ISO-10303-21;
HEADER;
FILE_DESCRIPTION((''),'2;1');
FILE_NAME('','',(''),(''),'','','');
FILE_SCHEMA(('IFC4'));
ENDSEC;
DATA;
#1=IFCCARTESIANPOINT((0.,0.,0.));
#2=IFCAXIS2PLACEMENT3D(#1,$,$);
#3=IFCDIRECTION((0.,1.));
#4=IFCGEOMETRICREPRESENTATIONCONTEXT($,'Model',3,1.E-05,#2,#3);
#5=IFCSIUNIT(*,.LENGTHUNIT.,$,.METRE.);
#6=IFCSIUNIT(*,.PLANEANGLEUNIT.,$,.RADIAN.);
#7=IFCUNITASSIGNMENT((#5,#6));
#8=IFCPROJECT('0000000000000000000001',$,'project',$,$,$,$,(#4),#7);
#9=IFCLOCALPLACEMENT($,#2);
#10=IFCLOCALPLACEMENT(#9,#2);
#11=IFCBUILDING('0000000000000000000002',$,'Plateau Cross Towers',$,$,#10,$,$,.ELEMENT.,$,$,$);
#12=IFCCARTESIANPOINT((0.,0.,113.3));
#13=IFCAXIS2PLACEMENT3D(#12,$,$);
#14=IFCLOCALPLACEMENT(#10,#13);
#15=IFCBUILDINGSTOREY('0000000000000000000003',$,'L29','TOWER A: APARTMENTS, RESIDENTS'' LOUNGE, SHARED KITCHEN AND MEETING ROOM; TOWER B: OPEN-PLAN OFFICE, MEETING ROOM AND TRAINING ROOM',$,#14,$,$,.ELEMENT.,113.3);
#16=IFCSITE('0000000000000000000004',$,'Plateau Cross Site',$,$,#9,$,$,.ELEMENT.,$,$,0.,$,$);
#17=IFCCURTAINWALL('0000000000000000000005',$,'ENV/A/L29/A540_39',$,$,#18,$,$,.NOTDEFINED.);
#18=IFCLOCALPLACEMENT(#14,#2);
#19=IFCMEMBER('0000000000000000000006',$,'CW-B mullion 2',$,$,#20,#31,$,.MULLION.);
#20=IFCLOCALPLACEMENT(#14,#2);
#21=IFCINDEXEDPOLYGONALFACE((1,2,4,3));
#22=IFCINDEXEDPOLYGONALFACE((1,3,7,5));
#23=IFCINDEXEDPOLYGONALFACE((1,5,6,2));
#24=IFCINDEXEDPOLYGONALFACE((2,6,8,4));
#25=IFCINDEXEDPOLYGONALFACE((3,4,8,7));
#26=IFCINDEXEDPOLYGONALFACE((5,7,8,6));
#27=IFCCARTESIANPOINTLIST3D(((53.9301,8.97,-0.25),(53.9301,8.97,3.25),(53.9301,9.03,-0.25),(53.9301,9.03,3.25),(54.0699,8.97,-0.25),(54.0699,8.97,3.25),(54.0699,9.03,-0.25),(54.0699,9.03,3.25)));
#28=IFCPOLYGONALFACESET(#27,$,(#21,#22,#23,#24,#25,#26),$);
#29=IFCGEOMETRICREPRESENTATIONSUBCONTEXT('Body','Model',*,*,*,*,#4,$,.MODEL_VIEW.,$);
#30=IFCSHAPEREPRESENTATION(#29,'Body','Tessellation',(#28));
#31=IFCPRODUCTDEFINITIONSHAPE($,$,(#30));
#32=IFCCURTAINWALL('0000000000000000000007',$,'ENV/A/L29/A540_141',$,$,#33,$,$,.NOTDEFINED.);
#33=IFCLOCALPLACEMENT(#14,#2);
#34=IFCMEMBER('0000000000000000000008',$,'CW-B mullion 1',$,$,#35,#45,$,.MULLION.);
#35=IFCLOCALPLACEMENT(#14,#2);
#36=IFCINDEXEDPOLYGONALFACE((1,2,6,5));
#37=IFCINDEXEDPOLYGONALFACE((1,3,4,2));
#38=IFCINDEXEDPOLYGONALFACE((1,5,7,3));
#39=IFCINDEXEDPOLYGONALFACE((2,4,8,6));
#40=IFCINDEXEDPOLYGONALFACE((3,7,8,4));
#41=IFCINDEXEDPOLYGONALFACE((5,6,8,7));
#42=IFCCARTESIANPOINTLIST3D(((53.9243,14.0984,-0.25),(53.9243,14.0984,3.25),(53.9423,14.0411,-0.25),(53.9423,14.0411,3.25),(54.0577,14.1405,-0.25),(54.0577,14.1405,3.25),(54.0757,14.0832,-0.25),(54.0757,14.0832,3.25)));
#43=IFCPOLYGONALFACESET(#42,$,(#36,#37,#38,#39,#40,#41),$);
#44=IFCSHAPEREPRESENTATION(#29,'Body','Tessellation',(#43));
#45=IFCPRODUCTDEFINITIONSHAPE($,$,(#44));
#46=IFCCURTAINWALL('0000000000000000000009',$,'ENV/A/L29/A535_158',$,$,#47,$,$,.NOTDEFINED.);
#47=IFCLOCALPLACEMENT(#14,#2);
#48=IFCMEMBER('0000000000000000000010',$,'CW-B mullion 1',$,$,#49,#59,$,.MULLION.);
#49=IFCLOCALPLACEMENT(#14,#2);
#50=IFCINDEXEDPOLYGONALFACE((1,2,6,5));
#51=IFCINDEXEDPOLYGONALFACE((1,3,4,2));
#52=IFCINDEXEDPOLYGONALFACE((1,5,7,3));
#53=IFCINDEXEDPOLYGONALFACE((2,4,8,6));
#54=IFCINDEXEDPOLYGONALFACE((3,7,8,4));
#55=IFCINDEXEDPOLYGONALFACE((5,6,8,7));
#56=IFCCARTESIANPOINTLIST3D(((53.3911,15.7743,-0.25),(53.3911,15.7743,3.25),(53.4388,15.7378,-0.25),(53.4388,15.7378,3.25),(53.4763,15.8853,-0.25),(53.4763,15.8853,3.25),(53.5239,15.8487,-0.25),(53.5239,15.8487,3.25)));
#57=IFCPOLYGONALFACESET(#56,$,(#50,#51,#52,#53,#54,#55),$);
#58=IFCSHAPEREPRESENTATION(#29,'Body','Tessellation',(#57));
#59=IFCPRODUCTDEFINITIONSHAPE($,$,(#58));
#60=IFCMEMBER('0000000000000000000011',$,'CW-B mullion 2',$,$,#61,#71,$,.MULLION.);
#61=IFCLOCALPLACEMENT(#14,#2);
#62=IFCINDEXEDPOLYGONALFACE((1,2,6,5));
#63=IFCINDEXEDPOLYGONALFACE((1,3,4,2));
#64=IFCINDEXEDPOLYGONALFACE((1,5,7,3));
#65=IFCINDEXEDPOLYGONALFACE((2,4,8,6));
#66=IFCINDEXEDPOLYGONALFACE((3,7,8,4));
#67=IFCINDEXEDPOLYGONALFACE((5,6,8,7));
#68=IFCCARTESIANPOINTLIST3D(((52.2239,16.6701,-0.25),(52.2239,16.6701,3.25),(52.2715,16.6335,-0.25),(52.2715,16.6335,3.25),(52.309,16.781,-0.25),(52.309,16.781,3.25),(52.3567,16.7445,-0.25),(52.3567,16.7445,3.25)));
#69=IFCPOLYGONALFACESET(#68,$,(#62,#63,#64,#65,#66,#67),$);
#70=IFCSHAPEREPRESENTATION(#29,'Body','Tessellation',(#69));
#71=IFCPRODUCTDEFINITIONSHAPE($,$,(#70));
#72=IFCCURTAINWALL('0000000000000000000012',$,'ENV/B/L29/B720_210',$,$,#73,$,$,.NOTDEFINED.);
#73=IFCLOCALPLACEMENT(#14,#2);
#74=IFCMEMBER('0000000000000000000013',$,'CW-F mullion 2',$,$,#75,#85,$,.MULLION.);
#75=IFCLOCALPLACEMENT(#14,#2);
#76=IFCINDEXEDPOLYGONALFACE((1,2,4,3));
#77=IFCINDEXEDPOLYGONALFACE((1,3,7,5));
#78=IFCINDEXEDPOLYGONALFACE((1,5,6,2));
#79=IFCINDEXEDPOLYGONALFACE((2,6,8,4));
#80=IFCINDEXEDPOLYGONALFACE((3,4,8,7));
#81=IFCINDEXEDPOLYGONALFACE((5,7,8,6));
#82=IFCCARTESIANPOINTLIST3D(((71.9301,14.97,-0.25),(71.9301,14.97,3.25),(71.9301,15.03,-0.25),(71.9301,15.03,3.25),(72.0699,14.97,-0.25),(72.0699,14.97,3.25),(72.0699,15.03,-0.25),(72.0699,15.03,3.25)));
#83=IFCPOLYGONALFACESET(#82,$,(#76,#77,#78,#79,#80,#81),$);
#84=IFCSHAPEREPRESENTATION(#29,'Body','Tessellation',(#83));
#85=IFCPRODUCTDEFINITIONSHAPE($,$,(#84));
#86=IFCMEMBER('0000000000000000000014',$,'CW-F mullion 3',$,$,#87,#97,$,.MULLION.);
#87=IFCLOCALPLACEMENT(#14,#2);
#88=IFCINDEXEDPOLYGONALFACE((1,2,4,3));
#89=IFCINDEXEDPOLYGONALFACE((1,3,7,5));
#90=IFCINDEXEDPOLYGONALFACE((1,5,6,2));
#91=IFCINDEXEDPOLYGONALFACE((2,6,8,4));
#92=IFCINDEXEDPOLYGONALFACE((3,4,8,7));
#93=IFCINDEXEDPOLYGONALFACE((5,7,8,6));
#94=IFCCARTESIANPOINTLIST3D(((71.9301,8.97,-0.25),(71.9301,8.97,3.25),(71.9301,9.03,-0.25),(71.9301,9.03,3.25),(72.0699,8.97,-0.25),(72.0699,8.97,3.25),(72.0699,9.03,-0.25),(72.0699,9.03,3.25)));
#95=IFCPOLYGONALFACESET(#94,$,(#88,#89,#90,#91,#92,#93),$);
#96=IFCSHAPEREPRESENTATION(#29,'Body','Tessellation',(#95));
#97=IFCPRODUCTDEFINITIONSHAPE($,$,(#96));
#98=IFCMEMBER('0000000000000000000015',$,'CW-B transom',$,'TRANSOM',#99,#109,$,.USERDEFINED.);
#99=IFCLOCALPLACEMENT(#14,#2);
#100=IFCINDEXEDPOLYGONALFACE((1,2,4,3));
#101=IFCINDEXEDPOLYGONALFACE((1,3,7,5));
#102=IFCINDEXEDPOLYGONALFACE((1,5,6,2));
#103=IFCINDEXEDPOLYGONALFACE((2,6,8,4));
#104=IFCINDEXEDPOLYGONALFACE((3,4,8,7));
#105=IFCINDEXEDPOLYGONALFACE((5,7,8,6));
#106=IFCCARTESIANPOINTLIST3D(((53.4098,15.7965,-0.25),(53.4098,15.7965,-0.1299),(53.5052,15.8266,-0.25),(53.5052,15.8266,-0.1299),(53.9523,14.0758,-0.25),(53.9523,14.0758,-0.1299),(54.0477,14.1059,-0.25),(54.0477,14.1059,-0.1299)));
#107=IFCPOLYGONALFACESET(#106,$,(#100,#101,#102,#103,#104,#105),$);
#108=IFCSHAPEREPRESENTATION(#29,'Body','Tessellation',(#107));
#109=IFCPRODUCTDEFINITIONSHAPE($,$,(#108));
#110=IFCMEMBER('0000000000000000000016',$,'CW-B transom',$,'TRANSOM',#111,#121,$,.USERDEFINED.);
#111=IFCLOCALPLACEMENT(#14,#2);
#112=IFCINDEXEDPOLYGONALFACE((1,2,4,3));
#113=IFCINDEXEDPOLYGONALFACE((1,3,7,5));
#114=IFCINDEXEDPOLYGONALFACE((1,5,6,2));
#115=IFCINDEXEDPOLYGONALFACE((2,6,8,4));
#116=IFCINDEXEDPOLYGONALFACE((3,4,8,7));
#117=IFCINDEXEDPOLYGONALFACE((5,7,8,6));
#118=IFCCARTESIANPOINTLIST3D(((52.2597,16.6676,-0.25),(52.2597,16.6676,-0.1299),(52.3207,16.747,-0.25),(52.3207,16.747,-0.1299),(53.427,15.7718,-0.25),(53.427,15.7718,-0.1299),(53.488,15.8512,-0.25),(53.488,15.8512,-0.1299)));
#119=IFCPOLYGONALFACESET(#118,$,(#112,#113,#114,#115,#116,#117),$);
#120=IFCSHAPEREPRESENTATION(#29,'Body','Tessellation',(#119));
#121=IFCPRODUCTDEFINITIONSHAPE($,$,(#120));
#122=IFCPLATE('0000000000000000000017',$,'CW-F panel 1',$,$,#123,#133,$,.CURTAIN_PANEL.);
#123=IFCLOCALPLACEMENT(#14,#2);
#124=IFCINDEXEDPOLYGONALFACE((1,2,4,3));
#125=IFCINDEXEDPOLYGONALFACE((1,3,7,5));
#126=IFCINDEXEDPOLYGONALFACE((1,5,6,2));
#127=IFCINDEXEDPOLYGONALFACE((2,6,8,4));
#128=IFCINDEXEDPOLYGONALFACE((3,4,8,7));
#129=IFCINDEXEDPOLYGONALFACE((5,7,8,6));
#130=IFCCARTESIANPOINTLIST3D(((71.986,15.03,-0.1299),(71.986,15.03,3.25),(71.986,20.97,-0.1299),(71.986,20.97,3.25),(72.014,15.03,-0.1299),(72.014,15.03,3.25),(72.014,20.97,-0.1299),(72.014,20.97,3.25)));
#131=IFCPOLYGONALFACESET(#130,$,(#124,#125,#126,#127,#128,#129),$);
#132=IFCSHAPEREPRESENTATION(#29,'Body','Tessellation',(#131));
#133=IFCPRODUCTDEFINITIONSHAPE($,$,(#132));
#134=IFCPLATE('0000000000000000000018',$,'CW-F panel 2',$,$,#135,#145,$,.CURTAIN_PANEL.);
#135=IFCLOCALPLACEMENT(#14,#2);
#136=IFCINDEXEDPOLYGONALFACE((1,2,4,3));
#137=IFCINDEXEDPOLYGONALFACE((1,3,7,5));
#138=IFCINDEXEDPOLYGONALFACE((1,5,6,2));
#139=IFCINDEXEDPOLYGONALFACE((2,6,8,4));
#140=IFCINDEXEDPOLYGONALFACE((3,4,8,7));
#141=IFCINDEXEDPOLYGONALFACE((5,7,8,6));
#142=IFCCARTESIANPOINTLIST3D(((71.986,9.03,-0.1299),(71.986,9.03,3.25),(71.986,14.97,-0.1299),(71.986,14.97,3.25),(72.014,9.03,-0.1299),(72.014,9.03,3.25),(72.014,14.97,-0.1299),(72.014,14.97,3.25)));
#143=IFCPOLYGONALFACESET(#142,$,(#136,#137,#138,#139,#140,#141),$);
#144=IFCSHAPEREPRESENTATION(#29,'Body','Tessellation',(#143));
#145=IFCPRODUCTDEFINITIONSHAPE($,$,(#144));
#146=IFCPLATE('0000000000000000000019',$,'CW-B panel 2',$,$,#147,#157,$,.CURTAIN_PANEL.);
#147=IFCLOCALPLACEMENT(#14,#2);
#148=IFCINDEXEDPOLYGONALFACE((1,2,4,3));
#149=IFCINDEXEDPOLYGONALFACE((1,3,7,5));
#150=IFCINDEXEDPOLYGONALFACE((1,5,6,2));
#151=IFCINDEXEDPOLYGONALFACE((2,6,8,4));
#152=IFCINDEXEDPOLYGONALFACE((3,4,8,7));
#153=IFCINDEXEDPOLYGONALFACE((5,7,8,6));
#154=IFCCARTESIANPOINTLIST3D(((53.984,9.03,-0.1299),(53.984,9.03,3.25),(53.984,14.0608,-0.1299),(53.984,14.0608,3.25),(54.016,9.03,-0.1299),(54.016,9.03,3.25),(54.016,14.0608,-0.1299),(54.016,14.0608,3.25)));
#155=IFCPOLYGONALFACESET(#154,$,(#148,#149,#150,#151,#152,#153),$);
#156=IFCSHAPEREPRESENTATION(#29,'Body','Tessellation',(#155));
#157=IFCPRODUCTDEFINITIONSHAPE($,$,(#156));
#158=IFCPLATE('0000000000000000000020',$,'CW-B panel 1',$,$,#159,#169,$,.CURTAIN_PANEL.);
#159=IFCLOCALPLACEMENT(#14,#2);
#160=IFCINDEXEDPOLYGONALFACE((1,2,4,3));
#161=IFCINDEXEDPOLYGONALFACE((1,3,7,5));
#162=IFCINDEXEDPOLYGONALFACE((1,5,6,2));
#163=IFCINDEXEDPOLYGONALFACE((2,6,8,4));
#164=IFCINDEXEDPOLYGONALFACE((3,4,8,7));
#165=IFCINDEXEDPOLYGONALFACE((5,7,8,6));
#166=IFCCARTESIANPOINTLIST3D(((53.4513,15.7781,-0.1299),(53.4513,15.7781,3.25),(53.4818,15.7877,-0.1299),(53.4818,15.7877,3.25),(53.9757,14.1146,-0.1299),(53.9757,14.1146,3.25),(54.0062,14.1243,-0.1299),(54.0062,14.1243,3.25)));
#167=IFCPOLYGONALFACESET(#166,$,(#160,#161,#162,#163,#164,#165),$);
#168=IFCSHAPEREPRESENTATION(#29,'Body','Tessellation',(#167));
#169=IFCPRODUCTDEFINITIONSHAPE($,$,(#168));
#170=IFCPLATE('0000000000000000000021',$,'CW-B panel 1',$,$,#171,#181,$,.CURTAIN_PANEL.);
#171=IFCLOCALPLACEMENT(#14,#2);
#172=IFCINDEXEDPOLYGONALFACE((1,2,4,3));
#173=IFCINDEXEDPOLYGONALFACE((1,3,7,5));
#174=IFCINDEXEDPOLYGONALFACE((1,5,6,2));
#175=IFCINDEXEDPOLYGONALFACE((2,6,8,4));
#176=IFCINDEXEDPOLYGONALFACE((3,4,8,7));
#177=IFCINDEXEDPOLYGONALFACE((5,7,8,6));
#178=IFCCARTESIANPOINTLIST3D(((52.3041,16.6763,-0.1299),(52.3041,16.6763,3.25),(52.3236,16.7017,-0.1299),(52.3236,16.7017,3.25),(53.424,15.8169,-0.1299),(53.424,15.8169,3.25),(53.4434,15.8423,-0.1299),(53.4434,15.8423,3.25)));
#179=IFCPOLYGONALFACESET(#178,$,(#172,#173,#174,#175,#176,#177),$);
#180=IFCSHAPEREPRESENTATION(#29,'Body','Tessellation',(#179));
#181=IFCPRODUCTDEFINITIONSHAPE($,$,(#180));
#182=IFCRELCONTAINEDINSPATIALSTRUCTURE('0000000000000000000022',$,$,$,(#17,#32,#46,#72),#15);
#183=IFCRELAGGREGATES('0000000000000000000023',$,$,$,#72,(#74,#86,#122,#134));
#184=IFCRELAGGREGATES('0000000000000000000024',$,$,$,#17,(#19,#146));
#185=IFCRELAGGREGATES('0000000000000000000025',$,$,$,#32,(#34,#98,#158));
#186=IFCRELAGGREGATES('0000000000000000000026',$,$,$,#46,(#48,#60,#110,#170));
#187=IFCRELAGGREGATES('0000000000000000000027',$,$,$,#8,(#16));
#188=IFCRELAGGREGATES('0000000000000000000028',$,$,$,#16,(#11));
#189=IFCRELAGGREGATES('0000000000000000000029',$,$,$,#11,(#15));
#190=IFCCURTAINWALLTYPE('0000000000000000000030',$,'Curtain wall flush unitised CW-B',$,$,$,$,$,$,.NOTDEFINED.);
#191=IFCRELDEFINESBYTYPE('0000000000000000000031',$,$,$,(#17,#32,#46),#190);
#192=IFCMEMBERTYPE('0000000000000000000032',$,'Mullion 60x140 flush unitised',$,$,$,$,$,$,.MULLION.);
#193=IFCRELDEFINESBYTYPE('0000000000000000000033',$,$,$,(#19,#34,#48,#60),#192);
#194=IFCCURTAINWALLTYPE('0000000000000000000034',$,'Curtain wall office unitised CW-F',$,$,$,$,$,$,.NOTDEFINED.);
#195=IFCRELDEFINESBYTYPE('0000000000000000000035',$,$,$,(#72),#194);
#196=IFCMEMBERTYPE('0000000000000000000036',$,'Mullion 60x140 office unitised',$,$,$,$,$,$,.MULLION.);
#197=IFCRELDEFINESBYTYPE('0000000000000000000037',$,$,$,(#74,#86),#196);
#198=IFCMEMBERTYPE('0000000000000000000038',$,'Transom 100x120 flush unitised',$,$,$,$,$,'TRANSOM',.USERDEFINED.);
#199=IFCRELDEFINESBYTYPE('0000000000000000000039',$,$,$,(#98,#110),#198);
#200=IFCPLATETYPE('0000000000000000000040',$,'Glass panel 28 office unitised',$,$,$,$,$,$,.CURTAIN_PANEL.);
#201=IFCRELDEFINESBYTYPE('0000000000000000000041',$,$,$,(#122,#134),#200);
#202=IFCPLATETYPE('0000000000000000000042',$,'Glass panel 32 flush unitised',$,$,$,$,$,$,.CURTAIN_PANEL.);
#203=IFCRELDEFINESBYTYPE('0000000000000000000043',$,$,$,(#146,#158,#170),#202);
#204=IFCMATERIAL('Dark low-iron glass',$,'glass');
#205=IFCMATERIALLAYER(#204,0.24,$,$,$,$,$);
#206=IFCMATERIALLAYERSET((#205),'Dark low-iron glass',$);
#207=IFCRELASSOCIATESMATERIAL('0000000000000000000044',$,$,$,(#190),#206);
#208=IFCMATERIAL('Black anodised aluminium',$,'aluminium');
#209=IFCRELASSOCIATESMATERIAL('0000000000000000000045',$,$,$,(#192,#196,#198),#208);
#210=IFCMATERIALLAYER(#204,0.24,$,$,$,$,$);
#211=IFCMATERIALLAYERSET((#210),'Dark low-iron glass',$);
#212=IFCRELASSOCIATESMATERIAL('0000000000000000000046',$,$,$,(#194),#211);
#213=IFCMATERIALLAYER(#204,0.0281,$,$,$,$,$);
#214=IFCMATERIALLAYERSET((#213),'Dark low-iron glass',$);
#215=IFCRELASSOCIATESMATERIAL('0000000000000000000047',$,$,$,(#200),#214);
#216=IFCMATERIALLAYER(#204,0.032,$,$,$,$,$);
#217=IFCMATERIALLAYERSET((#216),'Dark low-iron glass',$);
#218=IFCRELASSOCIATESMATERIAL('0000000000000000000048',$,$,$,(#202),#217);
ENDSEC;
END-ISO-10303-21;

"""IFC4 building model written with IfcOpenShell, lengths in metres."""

from ifc_helpers import new_model, si_unit, direction, frame, origin, origin_2d, place, context, subcontext, project, spatial, rectangle, extrude, material, layer, layer_set, material_profile, profile_set, type_object, element, aggregate, save


model = new_model("IFC4")

# Units and contexts
model_context = context("Model", 3, precision=1e-05, world=origin(), true_north=direction((0.0, 1.0)))
body_context = subcontext(model_context, "Body", "Model", "MODEL_VIEW")
ifc_project = project(units=[si_unit("LENGTHUNIT", "METRE"), si_unit("PLANEANGLEUNIT", "RADIAN")], contexts=[model_context])

# Site, building, storey
site_placement = place(None, origin())
site = spatial("IfcSite", under=ifc_project, at=site_placement, Name="Plateau Cross Site", CompositionType="ELEMENT", RefElevation=0.0)
building_placement = place(site_placement, origin())
building = spatial("IfcBuilding", under=site, at=building_placement, Name="Plateau Cross Towers", CompositionType="ELEMENT")
storey_placement = place(building_placement, frame((0.0, 0.0, 113.3)))
storey = spatial("IfcBuildingStorey", under=building, at=storey_placement, Name="L29", Description="TOWER A: APARTMENTS, RESIDENTS' LOUNGE, SHARED KITCHEN AND MEETING ROOM; TOWER B: OPEN-PLAN OFFICE, MEETING ROOM AND TRAINING ROOM", CompositionType="ELEMENT", Elevation=113.3)

# Curtain walls, members
ifc_material_1 = material(Name="Dark low-iron glass", Category="glass")
ifc_layer_1 = layer(ifc_material_1, 0.24)
ifc_layer_set_1 = layer_set([ifc_layer_1], Name="Dark low-iron glass")
curtain_wall_type_1 = type_object("IfcCurtainWallType", Name="Curtain wall flush unitised CW-B", PredefinedType="NOTDEFINED", material=ifc_layer_set_1)
curtain_wall_1_placement = place(storey_placement, origin())
curtain_wall_1 = element("IfcCurtainWall", 1, at=curtain_wall_1_placement, inside=storey, type_object=curtain_wall_type_1, Name="ENV/A/L29/A540_39", PredefinedType="NOTDEFINED")
ifc_material_2 = material(Name="Black anodised aluminium", Category="aluminium")
ifc_material_profile_1 = material_profile(ifc_material_2, rectangle(XDim=0.0601, YDim=0.1399, at=origin_2d()), Name="MULLION 60x140")
ifc_profile_set_1 = profile_set([ifc_material_profile_1], Name="Black anodised aluminium")
member_type_1 = type_object("IfcMemberType", Name="Mullion 60x140 flush unitised", PredefinedType="MULLION", material=ifc_profile_set_1)
member_1_placement = place(storey_placement, frame((54.0, 9.0, -0.25), z_axis=(0.0, 0.0, 1.0), x_axis=(0.0, 1.0, 0.0)))
member_1 = element("IfcMember", 2, at=member_1_placement, type_object=member_type_1, Name="CW-B mullion 2", PredefinedType="MULLION", context=body_context, shape_type="SweptSolid", body=[
    extrude(rectangle(XDim=0.0601, YDim=0.1399, at=origin_2d()), origin(), (0.0, 0.0, 1.0), 3.5),
])
curtain_wall_2_placement = place(storey_placement, origin())
curtain_wall_2 = element("IfcCurtainWall", 3, at=curtain_wall_2_placement, inside=storey, type_object=curtain_wall_type_1, Name="ENV/A/L29/A540_141", PredefinedType="NOTDEFINED")
member_2_placement = place(storey_placement, frame((54.0, 14.0908, -0.25), z_axis=(0.0, 0.0, 1.0), x_axis=(-0.300686, 0.953723, 0.0)))
member_2 = element("IfcMember", 4, at=member_2_placement, type_object=member_type_1, Name="CW-B mullion 1", PredefinedType="MULLION", context=body_context, shape_type="SweptSolid", body=[
    extrude(rectangle(XDim=0.0601, YDim=0.1399, at=origin_2d()), origin(), (0.0, 0.0, 1.0), 3.5),
])

# Curtain walls, members
curtain_wall_3_placement = place(storey_placement, origin())
curtain_wall_3 = element("IfcCurtainWall", 5, at=curtain_wall_3_placement, inside=storey, type_object=curtain_wall_type_1, Name="ENV/A/L29/A535_158", PredefinedType="NOTDEFINED")
member_3_placement = place(storey_placement, frame((53.4575, 15.8115, -0.25), z_axis=(0.0, 0.0, 1.0), x_axis=(-0.793316, 0.608811, 0.0)))
member_3 = element("IfcMember", 6, at=member_3_placement, type_object=member_type_1, Name="CW-B mullion 1", PredefinedType="MULLION", context=body_context, shape_type="SweptSolid", body=[
    extrude(rectangle(XDim=0.0601, YDim=0.1399, at=origin_2d()), origin(), (0.0, 0.0, 1.0), 3.5),
])
member_4_placement = place(storey_placement, frame((52.2903, 16.7073, -0.25), z_axis=(0.0, 0.0, 1.0), x_axis=(-0.793316, 0.608811, 0.0)))
member_4 = element("IfcMember", 7, at=member_4_placement, type_object=member_type_1, Name="CW-B mullion 2", PredefinedType="MULLION", context=body_context, shape_type="SweptSolid", body=[
    extrude(rectangle(XDim=0.0601, YDim=0.1399, at=origin_2d()), origin(), (0.0, 0.0, 1.0), 3.5),
])
ifc_layer_2 = layer(ifc_material_1, 0.24)
ifc_layer_set_2 = layer_set([ifc_layer_2], Name="Dark low-iron glass")
curtain_wall_type_2 = type_object("IfcCurtainWallType", Name="Curtain wall office unitised CW-F", PredefinedType="NOTDEFINED", material=ifc_layer_set_2)
curtain_wall_4_placement = place(storey_placement, origin())
curtain_wall_4 = element("IfcCurtainWall", 8, at=curtain_wall_4_placement, inside=storey, type_object=curtain_wall_type_2, Name="ENV/B/L29/B720_210", PredefinedType="NOTDEFINED")
ifc_material_profile_2 = material_profile(ifc_material_2, rectangle(XDim=0.0601, YDim=0.1399, at=origin_2d()), Name="MULLION 60x140")
ifc_profile_set_2 = profile_set([ifc_material_profile_2], Name="Black anodised aluminium")
member_type_2 = type_object("IfcMemberType", Name="Mullion 60x140 office unitised", PredefinedType="MULLION", material=ifc_profile_set_2)
member_5_placement = place(storey_placement, frame((72.0, 15.0, -0.25), z_axis=(0.0, 0.0, 1.0), x_axis=(0.0, -1.0, 0.0)))
member_5 = element("IfcMember", 9, at=member_5_placement, type_object=member_type_2, Name="CW-F mullion 2", PredefinedType="MULLION", context=body_context, shape_type="SweptSolid", body=[
    extrude(rectangle(XDim=0.0601, YDim=0.1399, at=origin_2d()), origin(), (0.0, 0.0, 1.0), 3.5),
])
member_6_placement = place(storey_placement, frame((72.0, 9.0, -0.25), z_axis=(0.0, 0.0, 1.0), x_axis=(0.0, -1.0, 0.0)))
member_6 = element("IfcMember", 10, at=member_6_placement, type_object=member_type_2, Name="CW-F mullion 3", PredefinedType="MULLION", context=body_context, shape_type="SweptSolid", body=[
    extrude(rectangle(XDim=0.0601, YDim=0.1399, at=origin_2d()), origin(), (0.0, 0.0, 1.0), 3.5),
])

# Members
ifc_material_profile_3 = material_profile(ifc_material_2, rectangle(XDim=0.1001, YDim=0.1201, at=origin_2d()), Name="TRANSOM 100x120")
ifc_profile_set_3 = profile_set([ifc_material_profile_3], Name="Black anodised aluminium")
member_type_3 = type_object("IfcMemberType", Name="Transom 100x120 flush unitised", ElementType="TRANSOM", PredefinedType="USERDEFINED", material=ifc_profile_set_3)
member_7_placement = place(storey_placement, frame((54.0, 14.0908, -0.1899), z_axis=(-0.300678, 0.953726, 0.0), x_axis=(-0.953726, -0.300678, 0.0)))
member_7 = element("IfcMember", 11, at=member_7_placement, type_object=member_type_3, Name="CW-B transom", ObjectType="TRANSOM", PredefinedType="USERDEFINED", context=body_context, shape_type="SweptSolid", body=[
    extrude(rectangle(XDim=0.1001, YDim=0.1201, at=origin_2d()), origin(), (0.0, 0.0, 1.0), 1.8042),
])
member_8_placement = place(storey_placement, frame((53.4575, 15.8115, -0.1899), z_axis=(-0.793321, 0.608804, 0.0), x_axis=(-0.608804, -0.793321, 0.0)))
member_8 = element("IfcMember", 12, at=member_8_placement, type_object=member_type_3, Name="CW-B transom", ObjectType="TRANSOM", PredefinedType="USERDEFINED", context=body_context, shape_type="SweptSolid", body=[
    extrude(rectangle(XDim=0.1001, YDim=0.1201, at=origin_2d()), origin(), (0.0, 0.0, 1.0), 1.4714),
])

# Plates
ifc_layer_3 = layer(ifc_material_1, 0.0281)
ifc_layer_set_3 = layer_set([ifc_layer_3], Name="Dark low-iron glass")
plate_type_1 = type_object("IfcPlateType", Name="Glass panel 28 office unitised", PredefinedType="CURTAIN_PANEL", material=ifc_layer_set_3)
plate_1_placement = place(storey_placement, frame((72.0, 18.0, -0.1299), z_axis=(0.0, 0.0, 1.0), x_axis=(0.0, -1.0, 0.0)))
plate_1 = element("IfcPlate", 13, at=plate_1_placement, type_object=plate_type_1, Name="CW-F panel 1", PredefinedType="CURTAIN_PANEL", context=body_context, shape_type="SweptSolid", body=[
    extrude(rectangle(XDim=5.9399, YDim=0.0281, at=origin_2d()), origin(), (0.0, 0.0, 1.0), 3.3799),
])
plate_2_placement = place(storey_placement, frame((72.0, 12.0, -0.1299), z_axis=(0.0, 0.0, 1.0), x_axis=(0.0, -1.0, 0.0)))
plate_2 = element("IfcPlate", 14, at=plate_2_placement, type_object=plate_type_1, Name="CW-F panel 2", PredefinedType="CURTAIN_PANEL", context=body_context, shape_type="SweptSolid", body=[
    extrude(rectangle(XDim=5.9399, YDim=0.0281, at=origin_2d()), origin(), (0.0, 0.0, 1.0), 3.3799),
])
aggregate(curtain_wall_4, [member_5, member_6, plate_1, plate_2])
ifc_layer_4 = layer(ifc_material_1, 0.032)
ifc_layer_set_4 = layer_set([ifc_layer_4], Name="Dark low-iron glass")
plate_type_2 = type_object("IfcPlateType", Name="Glass panel 32 flush unitised", PredefinedType="CURTAIN_PANEL", material=ifc_layer_set_4)
plate_3_placement = place(storey_placement, frame((54.0, 11.5454, -0.1299), z_axis=(0.0, 0.0, 1.0), x_axis=(0.0, 1.0, 0.0)))
plate_3 = element("IfcPlate", 15, at=plate_3_placement, type_object=plate_type_2, Name="CW-B panel 2", PredefinedType="CURTAIN_PANEL", context=body_context, shape_type="SweptSolid", body=[
    extrude(rectangle(XDim=5.0308, YDim=0.032, at=origin_2d()), origin(), (0.0, 0.0, 1.0), 3.3799),
])
aggregate(curtain_wall_1, [member_1, plate_3])
plate_4_placement = place(storey_placement, frame((53.7288, 14.9512, -0.1299), z_axis=(0.0, 0.0, 1.0), x_axis=(-0.300686, 0.953723, 0.0)))
plate_4 = element("IfcPlate", 16, at=plate_4_placement, type_object=plate_type_2, Name="CW-B panel 1", PredefinedType="CURTAIN_PANEL", context=body_context, shape_type="SweptSolid", body=[
    extrude(rectangle(XDim=1.7441, YDim=0.032, at=origin_2d()), origin(), (0.0, 0.0, 1.0), 3.3799),
])
aggregate(curtain_wall_2, [member_2, member_7, plate_4])
plate_5_placement = place(storey_placement, frame((52.8738, 16.2593, -0.1299), z_axis=(0.0, 0.0, 1.0), x_axis=(-0.793316, 0.608811, 0.0)))
plate_5 = element("IfcPlate", 17, at=plate_5_placement, type_object=plate_type_2, Name="CW-B panel 1", PredefinedType="CURTAIN_PANEL", context=body_context, shape_type="SweptSolid", body=[
    extrude(rectangle(XDim=1.4116, YDim=0.032, at=origin_2d()), origin(), (0.0, 0.0, 1.0), 3.3799),
])
aggregate(curtain_wall_3, [member_3, member_4, member_8, plate_5])

save(model, "model.ifc")
